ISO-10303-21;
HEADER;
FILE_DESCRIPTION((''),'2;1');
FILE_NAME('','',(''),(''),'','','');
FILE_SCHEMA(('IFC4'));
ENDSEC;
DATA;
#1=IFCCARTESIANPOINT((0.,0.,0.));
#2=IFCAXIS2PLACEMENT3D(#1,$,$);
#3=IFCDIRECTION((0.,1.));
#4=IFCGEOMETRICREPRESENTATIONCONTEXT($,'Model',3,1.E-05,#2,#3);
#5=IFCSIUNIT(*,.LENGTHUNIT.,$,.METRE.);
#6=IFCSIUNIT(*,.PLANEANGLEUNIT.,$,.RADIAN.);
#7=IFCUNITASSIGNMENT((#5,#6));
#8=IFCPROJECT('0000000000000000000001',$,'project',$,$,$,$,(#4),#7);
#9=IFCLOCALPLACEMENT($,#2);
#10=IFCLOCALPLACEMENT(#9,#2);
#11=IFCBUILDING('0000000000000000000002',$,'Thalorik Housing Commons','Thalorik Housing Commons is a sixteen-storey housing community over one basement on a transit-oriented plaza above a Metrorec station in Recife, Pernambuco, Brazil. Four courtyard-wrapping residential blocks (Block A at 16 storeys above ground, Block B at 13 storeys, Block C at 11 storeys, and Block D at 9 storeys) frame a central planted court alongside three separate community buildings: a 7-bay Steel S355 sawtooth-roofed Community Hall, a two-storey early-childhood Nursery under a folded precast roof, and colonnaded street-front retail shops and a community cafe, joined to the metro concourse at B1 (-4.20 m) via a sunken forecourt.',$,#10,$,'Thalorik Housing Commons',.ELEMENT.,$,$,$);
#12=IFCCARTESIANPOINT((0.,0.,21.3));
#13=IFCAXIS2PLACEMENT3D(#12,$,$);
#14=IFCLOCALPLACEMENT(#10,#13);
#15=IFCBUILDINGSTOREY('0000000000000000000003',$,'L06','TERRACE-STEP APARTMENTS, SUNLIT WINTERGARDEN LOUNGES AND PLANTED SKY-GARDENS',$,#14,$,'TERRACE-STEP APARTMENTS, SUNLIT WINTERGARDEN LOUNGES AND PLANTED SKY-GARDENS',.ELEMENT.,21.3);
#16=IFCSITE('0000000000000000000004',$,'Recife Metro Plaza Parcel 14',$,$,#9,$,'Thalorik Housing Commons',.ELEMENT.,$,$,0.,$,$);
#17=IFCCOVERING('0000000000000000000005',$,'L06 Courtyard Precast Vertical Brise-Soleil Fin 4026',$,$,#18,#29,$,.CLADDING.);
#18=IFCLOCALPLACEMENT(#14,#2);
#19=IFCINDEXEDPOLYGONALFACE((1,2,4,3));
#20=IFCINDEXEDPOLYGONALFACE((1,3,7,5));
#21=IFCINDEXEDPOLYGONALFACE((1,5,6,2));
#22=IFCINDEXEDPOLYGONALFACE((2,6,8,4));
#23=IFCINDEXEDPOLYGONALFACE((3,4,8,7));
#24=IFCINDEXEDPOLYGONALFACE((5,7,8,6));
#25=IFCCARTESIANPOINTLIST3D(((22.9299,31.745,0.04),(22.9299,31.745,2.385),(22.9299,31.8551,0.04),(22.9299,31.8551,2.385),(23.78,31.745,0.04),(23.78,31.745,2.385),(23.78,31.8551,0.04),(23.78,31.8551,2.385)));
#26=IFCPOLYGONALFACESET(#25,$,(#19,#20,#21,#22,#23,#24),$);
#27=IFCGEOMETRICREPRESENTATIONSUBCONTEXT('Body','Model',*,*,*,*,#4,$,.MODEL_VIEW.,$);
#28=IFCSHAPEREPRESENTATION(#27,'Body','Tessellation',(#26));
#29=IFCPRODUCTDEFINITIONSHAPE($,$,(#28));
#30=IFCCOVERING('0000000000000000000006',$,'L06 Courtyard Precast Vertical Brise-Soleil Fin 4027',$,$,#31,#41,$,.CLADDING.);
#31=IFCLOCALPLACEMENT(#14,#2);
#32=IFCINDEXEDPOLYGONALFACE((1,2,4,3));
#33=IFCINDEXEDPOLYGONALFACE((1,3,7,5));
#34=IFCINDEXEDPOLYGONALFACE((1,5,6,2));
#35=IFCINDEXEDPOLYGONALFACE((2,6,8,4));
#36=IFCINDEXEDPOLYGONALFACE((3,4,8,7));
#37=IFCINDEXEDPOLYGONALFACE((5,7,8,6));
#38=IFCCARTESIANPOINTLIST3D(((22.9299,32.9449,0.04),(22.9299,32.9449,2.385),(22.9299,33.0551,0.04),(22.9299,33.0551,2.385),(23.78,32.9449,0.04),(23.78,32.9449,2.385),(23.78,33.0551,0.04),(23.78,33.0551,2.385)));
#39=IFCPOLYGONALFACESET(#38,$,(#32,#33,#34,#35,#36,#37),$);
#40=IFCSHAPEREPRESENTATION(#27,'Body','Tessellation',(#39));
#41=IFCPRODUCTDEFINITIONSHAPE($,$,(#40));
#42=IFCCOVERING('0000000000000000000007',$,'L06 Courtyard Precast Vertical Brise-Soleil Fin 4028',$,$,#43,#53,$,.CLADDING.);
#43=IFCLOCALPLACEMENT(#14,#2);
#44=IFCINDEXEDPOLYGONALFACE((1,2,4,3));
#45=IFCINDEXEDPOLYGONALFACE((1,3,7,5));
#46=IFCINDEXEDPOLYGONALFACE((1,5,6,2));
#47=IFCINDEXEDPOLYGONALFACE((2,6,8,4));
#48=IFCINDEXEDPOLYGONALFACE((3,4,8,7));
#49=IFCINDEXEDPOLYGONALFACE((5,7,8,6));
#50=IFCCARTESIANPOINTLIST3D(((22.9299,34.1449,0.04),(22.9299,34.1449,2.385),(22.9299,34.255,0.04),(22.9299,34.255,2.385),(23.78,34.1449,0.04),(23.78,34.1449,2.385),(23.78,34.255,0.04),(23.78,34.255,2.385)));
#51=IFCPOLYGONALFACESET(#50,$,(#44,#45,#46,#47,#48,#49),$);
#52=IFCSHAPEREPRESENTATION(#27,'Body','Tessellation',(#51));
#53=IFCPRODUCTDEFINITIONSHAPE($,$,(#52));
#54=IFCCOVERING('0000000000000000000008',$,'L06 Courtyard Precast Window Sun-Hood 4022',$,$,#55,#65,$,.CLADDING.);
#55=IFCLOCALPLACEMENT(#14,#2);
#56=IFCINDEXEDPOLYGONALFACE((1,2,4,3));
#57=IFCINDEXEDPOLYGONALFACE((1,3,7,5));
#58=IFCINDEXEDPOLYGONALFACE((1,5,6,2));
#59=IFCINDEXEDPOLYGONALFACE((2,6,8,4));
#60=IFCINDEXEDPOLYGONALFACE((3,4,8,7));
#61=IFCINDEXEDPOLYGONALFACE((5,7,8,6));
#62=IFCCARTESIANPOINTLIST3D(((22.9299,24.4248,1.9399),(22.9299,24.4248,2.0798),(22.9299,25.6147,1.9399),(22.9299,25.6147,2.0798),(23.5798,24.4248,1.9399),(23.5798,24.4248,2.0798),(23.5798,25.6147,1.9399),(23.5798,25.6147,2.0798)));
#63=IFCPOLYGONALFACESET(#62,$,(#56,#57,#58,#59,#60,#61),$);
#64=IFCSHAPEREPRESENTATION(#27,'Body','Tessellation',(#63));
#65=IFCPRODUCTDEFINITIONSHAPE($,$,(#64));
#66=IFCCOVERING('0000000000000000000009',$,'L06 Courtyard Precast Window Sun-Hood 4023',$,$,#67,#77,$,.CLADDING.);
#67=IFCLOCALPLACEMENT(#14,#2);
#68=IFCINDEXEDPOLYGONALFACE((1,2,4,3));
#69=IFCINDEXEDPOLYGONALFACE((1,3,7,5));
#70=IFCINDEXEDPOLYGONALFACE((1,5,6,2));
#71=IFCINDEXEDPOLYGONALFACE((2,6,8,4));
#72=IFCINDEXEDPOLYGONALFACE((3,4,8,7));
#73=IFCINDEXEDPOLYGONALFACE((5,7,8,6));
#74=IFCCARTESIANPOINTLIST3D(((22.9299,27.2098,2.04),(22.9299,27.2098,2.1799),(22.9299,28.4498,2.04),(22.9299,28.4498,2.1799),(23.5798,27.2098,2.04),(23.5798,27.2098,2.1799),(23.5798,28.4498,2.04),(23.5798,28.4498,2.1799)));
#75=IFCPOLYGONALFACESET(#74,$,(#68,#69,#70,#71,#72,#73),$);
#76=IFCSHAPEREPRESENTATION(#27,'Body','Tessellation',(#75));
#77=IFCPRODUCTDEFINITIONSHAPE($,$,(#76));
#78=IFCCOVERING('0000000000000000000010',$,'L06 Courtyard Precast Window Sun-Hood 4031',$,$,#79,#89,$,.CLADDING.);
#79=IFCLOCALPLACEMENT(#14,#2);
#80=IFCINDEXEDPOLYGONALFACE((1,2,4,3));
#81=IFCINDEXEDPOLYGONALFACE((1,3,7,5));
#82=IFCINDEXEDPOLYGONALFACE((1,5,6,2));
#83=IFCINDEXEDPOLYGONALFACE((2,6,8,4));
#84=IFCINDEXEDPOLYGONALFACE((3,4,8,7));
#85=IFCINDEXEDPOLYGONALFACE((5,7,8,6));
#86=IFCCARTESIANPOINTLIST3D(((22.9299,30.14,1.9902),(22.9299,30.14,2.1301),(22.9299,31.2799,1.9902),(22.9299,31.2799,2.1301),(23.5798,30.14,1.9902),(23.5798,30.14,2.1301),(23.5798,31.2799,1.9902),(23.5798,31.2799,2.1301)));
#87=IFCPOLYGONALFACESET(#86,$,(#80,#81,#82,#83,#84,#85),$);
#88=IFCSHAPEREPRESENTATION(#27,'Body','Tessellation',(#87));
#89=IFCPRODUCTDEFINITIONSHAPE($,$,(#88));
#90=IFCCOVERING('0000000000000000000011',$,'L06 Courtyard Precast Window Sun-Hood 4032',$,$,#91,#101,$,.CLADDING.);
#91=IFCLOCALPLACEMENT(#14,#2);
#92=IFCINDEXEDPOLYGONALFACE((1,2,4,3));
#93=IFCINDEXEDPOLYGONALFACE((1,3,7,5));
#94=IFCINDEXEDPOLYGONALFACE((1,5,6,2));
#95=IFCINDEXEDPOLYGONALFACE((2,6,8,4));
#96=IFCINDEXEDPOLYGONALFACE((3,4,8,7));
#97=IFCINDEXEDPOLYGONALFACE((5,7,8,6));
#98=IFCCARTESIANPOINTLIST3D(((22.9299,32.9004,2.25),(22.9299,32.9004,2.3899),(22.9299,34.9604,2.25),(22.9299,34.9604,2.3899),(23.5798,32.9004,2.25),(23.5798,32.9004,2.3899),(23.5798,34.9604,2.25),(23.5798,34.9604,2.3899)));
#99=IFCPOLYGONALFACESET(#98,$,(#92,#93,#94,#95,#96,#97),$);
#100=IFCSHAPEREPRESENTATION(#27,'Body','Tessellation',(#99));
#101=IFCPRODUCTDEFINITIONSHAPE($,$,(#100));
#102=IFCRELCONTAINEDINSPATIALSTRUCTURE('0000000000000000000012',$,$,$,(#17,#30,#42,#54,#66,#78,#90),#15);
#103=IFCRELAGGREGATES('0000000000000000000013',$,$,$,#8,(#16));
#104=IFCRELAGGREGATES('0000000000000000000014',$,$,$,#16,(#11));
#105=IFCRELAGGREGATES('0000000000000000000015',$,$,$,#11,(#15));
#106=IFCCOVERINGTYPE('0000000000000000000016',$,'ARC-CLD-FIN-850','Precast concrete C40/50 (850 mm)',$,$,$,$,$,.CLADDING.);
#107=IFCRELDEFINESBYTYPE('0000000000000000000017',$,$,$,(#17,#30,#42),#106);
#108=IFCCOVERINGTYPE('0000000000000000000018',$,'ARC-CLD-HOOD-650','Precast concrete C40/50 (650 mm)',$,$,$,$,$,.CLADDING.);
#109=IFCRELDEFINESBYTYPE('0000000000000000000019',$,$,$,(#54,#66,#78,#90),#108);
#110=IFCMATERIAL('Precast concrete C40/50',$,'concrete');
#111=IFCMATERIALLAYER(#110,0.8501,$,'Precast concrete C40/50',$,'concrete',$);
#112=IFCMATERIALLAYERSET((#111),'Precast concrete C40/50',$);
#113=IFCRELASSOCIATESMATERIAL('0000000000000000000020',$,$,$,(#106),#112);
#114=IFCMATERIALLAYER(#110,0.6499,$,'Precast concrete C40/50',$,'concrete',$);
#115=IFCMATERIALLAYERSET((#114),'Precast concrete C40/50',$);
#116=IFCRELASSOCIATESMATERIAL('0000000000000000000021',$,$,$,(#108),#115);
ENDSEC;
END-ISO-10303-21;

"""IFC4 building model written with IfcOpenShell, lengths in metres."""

from ifc_helpers import new_model, si_unit, direction, frame, origin, origin_2d, place, context, subcontext, project, spatial, rectangle, extrude, material, layer, layer_set, type_object, element, save


model = new_model("IFC4")

# Units and contexts
model_context = context("Model", 3, precision=1e-05, world=origin(), true_north=direction((0.0, 1.0)))
body_context = subcontext(model_context, "Body", "Model", "MODEL_VIEW")
ifc_project = project(units=[si_unit("LENGTHUNIT", "METRE"), si_unit("PLANEANGLEUNIT", "RADIAN")], contexts=[model_context])

# Site, building, storey
site_placement = place(None, origin())
site = spatial("IfcSite", under=ifc_project, at=site_placement, Name="Recife Metro Plaza Parcel 14", LongName="Thalorik Housing Commons", CompositionType="ELEMENT", RefElevation=0.0)
building_placement = place(site_placement, origin())
building = spatial("IfcBuilding", under=site, at=building_placement, Name="Thalorik Housing Commons", Description="Thalorik Housing Commons is a sixteen-storey housing community over one basement on a transit-oriented plaza above a Metrorec station in Recife, Pernambuco, Brazil. Four courtyard-wrapping residential blocks (Block A at 16 storeys above ground, Block B at 13 storeys, Block C at 11 storeys, and Block D at 9 storeys) frame a central planted court alongside three separate community buildings: a 7-bay Steel S355 sawtooth-roofed Community Hall, a two-storey early-childhood Nursery under a folded precast roof, and colonnaded street-front retail shops and a community cafe, joined to the metro concourse at B1 (-4.20 m) via a sunken forecourt.", LongName="Thalorik Housing Commons", CompositionType="ELEMENT")
storey_placement = place(building_placement, frame((0.0, 0.0, 21.3)))
storey = spatial("IfcBuildingStorey", under=building, at=storey_placement, Name="L06", Description="TERRACE-STEP APARTMENTS, SUNLIT WINTERGARDEN LOUNGES AND PLANTED SKY-GARDENS", LongName="TERRACE-STEP APARTMENTS, SUNLIT WINTERGARDEN LOUNGES AND PLANTED SKY-GARDENS", CompositionType="ELEMENT", Elevation=21.3)

# Shared definitions
ifc_material_1 = material(Name="Precast concrete C40/50", Category="concrete")

# Coverings
ifc_layer_1 = layer(ifc_material_1, 0.8501, Name="Precast concrete C40/50", Category="concrete")
ifc_layer_set_1 = layer_set([ifc_layer_1], Name="Precast concrete C40/50")
covering_type_1 = type_object("IfcCoveringType", Name="ARC-CLD-FIN-850", Description="Precast concrete C40/50 (850 mm)", PredefinedType="CLADDING", material=ifc_layer_set_1)
for number, where, z_axis, x_axis, name in (
    (1, (23.355, 31.8, 0.04), (0.0, 0.0, 1.0), (0.0, 1.0, 0.0), "L06 Courtyard Precast Vertical Brise-Soleil Fin 4026"),
    (2, (23.355, 33.0, 0.04), (0.0, 0.0, 1.0), (0.0, 1.0, 0.0), "L06 Courtyard Precast Vertical Brise-Soleil Fin 4027"),
    (3, (23.355, 34.2, 0.04), (0.0, 0.0, 1.0), (0.0, 1.0, 0.0), "L06 Courtyard Precast Vertical Brise-Soleil Fin 4028"),
):
    element("IfcCovering", number, at=place(storey_placement, frame(where, z_axis=z_axis, x_axis=x_axis)), inside=storey, type_object=covering_type_1, Name=name, PredefinedType="CLADDING", context=body_context, shape_type="SweptSolid", body=[
        extrude(rectangle(XDim=0.1101, YDim=0.8501, at=origin_2d()), origin(), (0.0, 0.0, 1.0), 2.345),
    ])
ifc_layer_2 = layer(ifc_material_1, 0.6499, Name="Precast concrete C40/50", Category="concrete")
ifc_layer_set_2 = layer_set([ifc_layer_2], Name="Precast concrete C40/50")
covering_type_2 = type_object("IfcCoveringType", Name="ARC-CLD-HOOD-650", Description="Precast concrete C40/50 (650 mm)", PredefinedType="CLADDING", material=ifc_layer_set_2)
covering_1_placement = place(storey_placement, frame((23.2549, 25.0198, 1.9399), z_axis=(0.0, 0.0, 1.0), x_axis=(0.0, 1.0, 0.0)))
element("IfcCovering", 4, at=covering_1_placement, inside=storey, type_object=covering_type_2, Name="L06 Courtyard Precast Window Sun-Hood 4022", PredefinedType="CLADDING", context=body_context, shape_type="SweptSolid", body=[
    extrude(rectangle(XDim=1.1899, YDim=0.6499, at=origin_2d()), origin(), (0.0, 0.0, 1.0), 0.1399),
])
covering_2_placement = place(storey_placement, frame((23.2549, 27.8298, 2.04), z_axis=(0.0, 0.0, 1.0), x_axis=(0.0, 1.0, 0.0)))
element("IfcCovering", 5, at=covering_2_placement, inside=storey, type_object=covering_type_2, Name="L06 Courtyard Precast Window Sun-Hood 4023", PredefinedType="CLADDING", context=body_context, shape_type="SweptSolid", body=[
    extrude(rectangle(XDim=1.24, YDim=0.6499, at=origin_2d()), origin(), (0.0, 0.0, 1.0), 0.1399),
])
covering_3_placement = place(storey_placement, frame((23.2549, 30.71, 1.9902), z_axis=(0.0, 0.0, 1.0), x_axis=(0.0, 1.0, 0.0)))
element("IfcCovering", 6, at=covering_3_placement, inside=storey, type_object=covering_type_2, Name="L06 Courtyard Precast Window Sun-Hood 4031", PredefinedType="CLADDING", context=body_context, shape_type="SweptSolid", body=[
    extrude(rectangle(XDim=1.1399, YDim=0.6499, at=origin_2d()), origin(), (0.0, 0.0, 1.0), 0.1399),
])
covering_4_placement = place(storey_placement, frame((23.2549, 33.9304, 2.25), z_axis=(0.0, 0.0, 1.0), x_axis=(0.0, 1.0, 0.0)))
element("IfcCovering", 7, at=covering_4_placement, inside=storey, type_object=covering_type_2, Name="L06 Courtyard Precast Window Sun-Hood 4032", PredefinedType="CLADDING", context=body_context, shape_type="SweptSolid", body=[
    extrude(rectangle(XDim=2.0601, YDim=0.6499, at=origin_2d()), origin(), (0.0, 0.0, 1.0), 0.1399),
])

save(model, "model.ifc")
